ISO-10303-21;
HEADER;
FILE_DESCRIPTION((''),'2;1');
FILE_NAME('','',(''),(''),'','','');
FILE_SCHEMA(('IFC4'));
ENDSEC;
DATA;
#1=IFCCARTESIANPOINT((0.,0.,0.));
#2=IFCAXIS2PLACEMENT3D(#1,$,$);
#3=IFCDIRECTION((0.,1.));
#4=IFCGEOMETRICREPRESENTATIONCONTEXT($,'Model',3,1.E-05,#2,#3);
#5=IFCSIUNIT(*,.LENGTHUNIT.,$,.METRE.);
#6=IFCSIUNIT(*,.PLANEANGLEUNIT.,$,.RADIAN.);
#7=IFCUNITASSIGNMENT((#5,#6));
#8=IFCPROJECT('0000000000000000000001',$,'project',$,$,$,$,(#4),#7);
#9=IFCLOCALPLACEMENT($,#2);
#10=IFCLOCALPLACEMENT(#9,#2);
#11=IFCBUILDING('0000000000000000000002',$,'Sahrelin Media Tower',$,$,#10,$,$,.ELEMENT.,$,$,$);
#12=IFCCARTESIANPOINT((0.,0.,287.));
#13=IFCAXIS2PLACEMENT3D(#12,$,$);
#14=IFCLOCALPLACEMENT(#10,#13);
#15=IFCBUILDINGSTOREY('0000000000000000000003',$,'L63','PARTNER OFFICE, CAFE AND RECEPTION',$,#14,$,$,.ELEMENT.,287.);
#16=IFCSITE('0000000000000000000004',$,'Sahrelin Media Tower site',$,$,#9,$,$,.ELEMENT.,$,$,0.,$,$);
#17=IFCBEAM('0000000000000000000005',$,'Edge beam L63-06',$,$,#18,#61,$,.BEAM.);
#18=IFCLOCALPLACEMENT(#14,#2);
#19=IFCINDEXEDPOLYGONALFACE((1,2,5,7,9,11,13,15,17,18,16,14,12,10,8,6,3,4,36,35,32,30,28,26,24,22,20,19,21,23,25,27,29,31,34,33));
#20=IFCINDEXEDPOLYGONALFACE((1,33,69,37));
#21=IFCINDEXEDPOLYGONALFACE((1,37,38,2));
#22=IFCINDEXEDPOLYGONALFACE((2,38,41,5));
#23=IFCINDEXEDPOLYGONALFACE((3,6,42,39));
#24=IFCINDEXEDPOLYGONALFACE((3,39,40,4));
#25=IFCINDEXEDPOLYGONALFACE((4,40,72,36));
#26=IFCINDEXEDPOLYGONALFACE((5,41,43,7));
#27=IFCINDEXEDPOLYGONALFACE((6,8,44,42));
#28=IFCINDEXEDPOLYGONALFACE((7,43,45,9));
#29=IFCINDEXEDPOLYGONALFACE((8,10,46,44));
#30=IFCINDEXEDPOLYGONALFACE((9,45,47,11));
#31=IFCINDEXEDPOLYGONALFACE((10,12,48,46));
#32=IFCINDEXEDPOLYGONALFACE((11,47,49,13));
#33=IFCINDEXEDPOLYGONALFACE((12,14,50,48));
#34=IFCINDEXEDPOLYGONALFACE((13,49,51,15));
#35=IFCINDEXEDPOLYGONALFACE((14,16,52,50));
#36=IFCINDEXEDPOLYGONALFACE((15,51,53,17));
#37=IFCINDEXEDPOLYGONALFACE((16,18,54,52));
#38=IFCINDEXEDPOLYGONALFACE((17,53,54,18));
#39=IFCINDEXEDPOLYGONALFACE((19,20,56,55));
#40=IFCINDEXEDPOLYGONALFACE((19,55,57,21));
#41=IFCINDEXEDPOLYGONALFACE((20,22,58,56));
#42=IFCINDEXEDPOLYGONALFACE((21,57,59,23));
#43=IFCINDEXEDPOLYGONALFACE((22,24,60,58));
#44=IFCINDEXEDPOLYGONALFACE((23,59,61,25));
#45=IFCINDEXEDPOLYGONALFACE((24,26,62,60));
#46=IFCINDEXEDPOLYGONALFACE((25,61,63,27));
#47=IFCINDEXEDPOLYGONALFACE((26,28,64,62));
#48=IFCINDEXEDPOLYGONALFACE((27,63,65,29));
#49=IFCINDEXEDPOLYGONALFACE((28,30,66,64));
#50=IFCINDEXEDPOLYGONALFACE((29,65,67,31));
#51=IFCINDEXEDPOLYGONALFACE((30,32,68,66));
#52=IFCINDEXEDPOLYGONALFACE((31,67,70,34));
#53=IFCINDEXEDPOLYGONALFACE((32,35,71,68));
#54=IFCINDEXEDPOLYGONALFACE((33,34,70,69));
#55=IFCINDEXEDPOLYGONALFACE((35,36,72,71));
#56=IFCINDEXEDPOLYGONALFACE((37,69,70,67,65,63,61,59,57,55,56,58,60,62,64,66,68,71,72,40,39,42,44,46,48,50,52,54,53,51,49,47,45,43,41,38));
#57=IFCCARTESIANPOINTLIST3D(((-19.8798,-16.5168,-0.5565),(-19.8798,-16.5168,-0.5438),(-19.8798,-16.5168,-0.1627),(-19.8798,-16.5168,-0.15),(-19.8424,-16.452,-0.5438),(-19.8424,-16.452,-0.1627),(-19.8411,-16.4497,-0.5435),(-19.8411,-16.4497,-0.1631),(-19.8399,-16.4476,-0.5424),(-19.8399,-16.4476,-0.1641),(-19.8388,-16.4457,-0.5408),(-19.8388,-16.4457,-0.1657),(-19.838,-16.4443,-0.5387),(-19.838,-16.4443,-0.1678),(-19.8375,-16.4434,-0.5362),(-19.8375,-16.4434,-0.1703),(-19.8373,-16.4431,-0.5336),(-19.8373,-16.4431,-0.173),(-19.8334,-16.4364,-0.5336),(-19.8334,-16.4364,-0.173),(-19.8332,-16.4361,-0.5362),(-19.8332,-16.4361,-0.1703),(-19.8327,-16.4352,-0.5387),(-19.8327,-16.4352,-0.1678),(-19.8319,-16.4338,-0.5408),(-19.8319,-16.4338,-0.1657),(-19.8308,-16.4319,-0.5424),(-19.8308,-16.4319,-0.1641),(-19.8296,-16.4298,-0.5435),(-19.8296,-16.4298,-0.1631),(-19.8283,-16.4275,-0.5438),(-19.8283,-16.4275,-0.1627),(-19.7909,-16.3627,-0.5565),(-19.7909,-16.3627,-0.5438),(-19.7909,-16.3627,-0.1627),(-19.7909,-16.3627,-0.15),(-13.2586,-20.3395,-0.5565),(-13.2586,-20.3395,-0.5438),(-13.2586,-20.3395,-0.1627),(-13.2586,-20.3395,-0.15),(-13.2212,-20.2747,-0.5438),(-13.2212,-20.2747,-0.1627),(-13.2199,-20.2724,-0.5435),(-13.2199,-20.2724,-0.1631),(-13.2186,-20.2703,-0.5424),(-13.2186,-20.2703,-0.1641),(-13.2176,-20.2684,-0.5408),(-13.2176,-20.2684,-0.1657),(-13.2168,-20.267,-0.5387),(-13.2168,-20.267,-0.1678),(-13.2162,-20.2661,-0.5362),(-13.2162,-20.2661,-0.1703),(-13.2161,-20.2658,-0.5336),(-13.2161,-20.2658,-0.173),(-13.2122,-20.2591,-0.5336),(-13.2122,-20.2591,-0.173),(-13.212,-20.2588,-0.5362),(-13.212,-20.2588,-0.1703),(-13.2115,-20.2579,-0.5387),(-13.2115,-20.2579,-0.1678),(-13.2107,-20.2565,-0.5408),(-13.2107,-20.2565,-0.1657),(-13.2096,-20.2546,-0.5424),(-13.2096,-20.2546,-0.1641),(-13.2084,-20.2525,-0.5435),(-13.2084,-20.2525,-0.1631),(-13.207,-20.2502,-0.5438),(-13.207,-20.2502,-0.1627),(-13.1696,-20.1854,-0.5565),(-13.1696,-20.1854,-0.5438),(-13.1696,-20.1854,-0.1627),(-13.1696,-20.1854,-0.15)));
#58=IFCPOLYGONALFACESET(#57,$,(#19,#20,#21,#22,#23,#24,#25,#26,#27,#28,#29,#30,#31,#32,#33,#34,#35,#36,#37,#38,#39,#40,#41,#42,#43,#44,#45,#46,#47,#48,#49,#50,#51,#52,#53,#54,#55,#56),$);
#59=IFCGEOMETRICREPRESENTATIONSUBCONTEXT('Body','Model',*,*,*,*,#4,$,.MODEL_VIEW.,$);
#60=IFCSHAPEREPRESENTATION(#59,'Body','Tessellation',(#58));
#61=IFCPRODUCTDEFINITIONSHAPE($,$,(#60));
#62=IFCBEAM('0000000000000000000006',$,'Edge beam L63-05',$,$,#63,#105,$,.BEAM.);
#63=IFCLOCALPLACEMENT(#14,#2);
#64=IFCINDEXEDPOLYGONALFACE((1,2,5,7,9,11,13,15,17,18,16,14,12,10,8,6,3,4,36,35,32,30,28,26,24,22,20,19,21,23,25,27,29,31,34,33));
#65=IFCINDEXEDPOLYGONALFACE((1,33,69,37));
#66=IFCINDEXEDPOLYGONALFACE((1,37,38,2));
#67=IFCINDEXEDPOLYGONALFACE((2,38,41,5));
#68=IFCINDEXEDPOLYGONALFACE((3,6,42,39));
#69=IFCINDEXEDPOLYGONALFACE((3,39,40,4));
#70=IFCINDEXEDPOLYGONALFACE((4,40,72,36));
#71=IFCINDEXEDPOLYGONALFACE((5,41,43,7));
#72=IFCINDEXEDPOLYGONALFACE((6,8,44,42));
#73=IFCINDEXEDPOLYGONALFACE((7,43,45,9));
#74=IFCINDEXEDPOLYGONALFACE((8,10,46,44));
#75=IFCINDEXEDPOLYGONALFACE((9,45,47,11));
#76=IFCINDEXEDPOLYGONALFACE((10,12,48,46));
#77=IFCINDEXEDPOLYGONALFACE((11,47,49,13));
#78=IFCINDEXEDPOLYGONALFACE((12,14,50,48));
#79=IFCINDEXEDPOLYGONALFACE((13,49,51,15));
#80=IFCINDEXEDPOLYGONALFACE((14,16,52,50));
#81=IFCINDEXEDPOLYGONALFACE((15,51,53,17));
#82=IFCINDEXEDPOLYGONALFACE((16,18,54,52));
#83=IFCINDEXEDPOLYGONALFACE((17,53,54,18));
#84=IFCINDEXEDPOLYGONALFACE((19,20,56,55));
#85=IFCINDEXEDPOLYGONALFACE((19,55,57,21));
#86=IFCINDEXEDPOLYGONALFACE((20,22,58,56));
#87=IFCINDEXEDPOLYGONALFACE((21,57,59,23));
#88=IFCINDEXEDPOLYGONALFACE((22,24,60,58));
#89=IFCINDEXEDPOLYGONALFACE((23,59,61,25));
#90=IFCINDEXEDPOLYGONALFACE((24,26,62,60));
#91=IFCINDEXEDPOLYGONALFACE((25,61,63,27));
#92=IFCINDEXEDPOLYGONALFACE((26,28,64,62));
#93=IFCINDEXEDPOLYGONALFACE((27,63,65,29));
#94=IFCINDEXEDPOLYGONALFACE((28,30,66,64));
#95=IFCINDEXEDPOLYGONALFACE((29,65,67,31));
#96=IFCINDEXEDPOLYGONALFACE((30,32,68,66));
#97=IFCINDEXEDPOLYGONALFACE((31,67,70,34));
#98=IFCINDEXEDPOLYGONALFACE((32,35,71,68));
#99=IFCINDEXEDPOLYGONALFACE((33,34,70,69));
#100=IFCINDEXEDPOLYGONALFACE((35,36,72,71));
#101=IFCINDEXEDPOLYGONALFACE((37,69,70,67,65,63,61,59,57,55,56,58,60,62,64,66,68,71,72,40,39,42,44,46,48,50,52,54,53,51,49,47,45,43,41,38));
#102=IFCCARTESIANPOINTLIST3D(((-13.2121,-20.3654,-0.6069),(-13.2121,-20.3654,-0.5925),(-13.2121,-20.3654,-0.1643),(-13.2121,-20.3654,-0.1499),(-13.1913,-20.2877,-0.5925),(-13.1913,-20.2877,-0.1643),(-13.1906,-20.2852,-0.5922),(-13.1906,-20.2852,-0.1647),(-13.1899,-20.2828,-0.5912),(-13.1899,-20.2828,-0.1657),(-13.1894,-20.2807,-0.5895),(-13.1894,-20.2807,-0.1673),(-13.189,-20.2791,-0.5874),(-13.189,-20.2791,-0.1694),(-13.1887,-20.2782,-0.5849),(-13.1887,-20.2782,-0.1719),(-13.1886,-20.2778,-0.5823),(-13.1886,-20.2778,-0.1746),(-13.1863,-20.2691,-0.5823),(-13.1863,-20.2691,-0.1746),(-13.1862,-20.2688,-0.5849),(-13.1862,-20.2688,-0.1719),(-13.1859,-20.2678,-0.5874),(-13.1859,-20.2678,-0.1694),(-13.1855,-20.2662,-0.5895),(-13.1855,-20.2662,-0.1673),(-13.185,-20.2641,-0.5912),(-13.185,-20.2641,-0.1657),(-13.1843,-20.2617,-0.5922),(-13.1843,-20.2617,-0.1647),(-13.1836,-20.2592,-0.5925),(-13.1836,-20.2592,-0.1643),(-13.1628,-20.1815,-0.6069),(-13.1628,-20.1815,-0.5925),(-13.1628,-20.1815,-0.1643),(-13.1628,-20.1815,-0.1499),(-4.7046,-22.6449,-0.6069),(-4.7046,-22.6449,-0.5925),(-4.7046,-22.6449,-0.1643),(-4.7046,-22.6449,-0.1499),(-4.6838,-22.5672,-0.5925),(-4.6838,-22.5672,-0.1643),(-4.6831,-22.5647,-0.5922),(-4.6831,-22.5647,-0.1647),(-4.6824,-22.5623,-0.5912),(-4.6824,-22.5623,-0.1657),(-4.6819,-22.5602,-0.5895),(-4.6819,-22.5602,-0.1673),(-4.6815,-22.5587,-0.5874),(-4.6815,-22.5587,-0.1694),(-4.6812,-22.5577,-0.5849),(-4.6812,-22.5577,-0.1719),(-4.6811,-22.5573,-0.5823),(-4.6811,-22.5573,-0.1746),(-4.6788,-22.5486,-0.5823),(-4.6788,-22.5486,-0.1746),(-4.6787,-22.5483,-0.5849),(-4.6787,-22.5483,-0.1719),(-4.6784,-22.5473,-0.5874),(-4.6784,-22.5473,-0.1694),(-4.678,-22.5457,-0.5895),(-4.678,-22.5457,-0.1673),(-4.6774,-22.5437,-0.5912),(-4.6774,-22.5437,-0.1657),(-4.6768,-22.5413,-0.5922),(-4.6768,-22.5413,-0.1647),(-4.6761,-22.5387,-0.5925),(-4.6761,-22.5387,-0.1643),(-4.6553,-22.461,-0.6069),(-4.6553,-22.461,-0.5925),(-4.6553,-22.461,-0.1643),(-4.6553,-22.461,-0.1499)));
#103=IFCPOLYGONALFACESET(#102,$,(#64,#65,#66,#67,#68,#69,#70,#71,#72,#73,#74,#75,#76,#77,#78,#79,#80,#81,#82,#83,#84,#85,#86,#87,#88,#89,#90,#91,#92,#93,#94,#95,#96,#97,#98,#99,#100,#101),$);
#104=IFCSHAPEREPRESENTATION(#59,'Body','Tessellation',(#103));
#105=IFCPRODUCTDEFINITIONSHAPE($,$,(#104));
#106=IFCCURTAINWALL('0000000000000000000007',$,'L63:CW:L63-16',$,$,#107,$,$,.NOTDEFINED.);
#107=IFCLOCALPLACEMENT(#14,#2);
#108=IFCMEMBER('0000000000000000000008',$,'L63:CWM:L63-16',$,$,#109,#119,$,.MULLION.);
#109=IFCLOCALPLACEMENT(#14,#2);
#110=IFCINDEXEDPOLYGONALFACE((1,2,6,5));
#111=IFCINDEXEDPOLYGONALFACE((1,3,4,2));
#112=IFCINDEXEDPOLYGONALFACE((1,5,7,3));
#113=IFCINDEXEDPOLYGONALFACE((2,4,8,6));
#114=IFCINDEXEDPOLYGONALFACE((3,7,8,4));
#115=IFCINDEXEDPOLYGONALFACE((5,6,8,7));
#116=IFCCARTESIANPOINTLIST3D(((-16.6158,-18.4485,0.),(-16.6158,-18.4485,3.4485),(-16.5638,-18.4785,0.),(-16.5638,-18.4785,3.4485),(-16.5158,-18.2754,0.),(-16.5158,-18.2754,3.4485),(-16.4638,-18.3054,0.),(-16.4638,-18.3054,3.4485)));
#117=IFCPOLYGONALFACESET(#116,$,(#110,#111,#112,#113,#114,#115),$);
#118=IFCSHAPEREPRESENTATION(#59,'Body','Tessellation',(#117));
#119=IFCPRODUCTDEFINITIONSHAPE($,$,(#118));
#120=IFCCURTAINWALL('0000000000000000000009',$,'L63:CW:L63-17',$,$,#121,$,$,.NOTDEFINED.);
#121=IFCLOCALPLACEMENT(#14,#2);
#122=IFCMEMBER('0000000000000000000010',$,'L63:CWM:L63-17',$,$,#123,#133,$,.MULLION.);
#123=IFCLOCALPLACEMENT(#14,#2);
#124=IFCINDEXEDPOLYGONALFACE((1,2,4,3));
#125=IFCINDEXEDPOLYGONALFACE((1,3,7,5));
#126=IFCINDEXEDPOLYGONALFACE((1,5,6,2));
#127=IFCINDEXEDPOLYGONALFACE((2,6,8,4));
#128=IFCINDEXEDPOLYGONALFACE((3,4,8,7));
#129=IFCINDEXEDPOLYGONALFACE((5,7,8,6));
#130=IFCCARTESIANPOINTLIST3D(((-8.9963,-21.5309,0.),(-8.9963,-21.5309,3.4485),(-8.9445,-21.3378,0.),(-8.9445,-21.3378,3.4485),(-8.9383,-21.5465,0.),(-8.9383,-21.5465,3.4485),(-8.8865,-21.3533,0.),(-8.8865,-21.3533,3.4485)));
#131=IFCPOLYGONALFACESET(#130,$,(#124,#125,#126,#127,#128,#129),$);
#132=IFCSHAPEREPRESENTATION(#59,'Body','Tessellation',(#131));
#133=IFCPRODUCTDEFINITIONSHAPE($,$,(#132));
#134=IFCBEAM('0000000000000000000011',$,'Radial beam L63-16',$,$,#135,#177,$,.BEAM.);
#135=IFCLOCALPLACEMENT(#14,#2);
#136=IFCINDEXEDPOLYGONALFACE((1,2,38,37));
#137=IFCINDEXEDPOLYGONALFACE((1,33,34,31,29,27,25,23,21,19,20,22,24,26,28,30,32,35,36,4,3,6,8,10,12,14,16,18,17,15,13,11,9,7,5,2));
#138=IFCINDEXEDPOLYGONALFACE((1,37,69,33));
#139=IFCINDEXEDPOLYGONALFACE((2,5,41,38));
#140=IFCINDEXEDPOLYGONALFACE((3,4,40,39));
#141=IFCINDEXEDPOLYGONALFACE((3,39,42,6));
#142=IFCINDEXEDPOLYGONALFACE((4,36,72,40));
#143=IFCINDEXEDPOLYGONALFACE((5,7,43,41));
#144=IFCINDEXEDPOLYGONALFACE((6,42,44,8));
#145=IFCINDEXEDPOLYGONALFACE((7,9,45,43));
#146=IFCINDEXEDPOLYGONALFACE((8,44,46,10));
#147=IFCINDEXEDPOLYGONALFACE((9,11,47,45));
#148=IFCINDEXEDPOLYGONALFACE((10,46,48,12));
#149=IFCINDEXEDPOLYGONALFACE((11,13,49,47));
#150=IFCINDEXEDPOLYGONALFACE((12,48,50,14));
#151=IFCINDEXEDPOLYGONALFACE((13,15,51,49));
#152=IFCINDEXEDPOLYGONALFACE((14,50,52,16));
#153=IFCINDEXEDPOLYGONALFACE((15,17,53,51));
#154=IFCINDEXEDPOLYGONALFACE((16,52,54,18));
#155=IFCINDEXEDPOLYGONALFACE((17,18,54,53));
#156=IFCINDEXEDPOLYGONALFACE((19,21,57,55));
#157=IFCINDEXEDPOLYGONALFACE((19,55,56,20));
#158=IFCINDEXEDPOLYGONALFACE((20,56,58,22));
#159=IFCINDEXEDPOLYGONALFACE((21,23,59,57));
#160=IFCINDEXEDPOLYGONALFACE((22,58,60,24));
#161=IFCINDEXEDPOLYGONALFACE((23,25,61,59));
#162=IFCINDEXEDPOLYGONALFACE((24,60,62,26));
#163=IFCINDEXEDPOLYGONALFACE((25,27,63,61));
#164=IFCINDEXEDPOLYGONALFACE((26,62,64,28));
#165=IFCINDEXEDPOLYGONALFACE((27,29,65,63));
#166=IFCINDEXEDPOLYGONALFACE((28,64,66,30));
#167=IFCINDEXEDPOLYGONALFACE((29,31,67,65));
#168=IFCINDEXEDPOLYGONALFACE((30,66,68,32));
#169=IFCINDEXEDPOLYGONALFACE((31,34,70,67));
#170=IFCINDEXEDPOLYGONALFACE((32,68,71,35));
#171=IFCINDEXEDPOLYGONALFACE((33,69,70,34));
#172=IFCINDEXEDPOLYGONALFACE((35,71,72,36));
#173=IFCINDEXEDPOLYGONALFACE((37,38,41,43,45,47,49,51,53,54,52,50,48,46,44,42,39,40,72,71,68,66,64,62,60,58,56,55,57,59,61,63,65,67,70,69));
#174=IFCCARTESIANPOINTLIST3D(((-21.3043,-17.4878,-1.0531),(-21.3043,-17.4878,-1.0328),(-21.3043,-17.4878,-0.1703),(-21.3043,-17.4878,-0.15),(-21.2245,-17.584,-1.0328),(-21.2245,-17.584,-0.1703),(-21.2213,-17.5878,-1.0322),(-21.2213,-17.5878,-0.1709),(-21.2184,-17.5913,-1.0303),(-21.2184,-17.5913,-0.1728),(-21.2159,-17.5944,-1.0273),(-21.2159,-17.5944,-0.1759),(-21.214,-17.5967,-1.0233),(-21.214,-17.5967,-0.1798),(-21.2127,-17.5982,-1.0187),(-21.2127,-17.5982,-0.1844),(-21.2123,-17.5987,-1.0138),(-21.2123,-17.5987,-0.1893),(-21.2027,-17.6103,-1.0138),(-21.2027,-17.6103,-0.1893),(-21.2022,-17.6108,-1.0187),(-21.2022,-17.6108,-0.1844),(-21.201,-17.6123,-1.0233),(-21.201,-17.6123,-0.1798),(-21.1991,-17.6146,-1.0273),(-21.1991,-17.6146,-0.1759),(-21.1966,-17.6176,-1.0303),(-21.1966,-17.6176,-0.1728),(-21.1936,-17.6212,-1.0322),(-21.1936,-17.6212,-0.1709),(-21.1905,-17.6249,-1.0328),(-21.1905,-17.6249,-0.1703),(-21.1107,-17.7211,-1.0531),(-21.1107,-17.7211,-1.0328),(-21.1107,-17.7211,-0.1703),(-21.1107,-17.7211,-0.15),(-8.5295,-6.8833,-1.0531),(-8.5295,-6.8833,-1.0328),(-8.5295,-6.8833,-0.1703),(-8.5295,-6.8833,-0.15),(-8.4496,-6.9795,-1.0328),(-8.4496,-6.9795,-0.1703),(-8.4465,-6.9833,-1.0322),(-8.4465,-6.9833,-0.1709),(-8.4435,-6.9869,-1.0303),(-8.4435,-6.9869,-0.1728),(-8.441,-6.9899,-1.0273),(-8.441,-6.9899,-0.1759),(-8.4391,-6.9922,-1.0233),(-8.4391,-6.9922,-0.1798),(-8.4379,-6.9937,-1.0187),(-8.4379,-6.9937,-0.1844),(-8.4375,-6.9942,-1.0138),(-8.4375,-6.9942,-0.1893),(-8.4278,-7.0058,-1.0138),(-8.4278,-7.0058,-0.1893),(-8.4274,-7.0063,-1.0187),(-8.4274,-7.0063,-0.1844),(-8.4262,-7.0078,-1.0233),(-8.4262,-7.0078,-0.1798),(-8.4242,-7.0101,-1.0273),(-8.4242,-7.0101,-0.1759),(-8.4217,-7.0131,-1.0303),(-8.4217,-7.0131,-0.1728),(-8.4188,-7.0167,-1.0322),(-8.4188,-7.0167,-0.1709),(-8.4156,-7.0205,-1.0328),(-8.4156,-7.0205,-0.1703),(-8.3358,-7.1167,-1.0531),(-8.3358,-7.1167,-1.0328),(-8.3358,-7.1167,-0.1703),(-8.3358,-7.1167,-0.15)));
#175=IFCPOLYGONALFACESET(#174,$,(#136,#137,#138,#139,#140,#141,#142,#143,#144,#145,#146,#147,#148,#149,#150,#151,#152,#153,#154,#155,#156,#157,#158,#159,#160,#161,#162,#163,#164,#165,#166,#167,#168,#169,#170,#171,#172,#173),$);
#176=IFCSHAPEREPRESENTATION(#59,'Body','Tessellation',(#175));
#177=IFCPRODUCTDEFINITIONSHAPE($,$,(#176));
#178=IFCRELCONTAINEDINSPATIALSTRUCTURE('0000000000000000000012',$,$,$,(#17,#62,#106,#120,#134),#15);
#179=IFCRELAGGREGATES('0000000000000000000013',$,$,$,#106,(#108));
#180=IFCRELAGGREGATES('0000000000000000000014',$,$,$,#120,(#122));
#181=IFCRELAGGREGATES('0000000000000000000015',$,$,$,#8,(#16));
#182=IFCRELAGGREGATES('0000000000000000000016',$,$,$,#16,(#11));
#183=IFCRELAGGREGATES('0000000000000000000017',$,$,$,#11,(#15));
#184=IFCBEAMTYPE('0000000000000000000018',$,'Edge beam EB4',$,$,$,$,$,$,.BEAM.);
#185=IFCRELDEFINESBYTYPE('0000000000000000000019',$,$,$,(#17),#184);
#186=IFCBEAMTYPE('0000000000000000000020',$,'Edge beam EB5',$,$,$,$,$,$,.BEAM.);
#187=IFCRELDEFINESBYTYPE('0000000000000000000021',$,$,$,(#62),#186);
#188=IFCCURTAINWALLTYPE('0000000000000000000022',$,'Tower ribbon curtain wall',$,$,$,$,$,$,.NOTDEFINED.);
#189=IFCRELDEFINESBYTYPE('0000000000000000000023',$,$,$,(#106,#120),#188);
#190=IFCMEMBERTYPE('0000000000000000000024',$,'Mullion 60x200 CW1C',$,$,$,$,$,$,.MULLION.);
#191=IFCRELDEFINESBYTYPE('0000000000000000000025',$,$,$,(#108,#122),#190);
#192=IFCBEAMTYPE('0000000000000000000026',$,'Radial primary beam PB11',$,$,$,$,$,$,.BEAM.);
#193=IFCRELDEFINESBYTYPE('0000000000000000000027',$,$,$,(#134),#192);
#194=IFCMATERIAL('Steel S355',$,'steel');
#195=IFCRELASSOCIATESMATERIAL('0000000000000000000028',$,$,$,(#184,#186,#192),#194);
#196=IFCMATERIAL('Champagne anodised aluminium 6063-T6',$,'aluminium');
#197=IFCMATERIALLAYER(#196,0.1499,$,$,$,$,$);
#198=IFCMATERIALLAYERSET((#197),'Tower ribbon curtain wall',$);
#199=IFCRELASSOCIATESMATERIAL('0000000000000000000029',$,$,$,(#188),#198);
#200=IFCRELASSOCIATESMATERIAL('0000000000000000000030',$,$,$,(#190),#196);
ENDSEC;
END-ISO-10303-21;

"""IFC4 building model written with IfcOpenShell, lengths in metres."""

from ifc_helpers import new_model, si_unit, direction, frame, origin, origin_2d, place, context, subcontext, project, spatial, rectangle, i_section, extrude, material, layer, layer_set, material_profile, profile_set, type_object, element, aggregate, save


model = new_model("IFC4")

# Units and contexts
model_context = context("Model", 3, precision=1e-05, world=origin(), true_north=direction((0.0, 1.0)))
body_context = subcontext(model_context, "Body", "Model", "MODEL_VIEW")
ifc_project = project(units=[si_unit("LENGTHUNIT", "METRE"), si_unit("PLANEANGLEUNIT", "RADIAN")], contexts=[model_context])

# Site, building, storey
site_placement = place(None, origin())
site = spatial("IfcSite", under=ifc_project, at=site_placement, Name="Sahrelin Media Tower site", CompositionType="ELEMENT", RefElevation=0.0)
building_placement = place(site_placement, origin())
building = spatial("IfcBuilding", under=site, at=building_placement, Name="Sahrelin Media Tower", CompositionType="ELEMENT")
storey_placement = place(building_placement, frame((0.0, 0.0, 287.0)))
storey = spatial("IfcBuildingStorey", under=building, at=storey_placement, Name="L63", Description="PARTNER OFFICE, CAFE AND RECEPTION", CompositionType="ELEMENT", Elevation=287.0)

# Beams
ifc_material_1 = material(Name="Steel S355", Category="steel")
ifc_material_profile_1 = material_profile(ifc_material_1, i_section(OverallWidth=0.178, OverallDepth=0.4065, WebThickness=0.0078, FlangeThickness=0.0127, FilletRadius=0.0103, at=origin_2d()), Name="UB 406x178x60")
ifc_profile_set_1 = profile_set([ifc_material_profile_1], Name="Steel S355")
beam_type_1 = type_object("IfcBeamType", Name="Edge beam EB4", PredefinedType="BEAM", material=ifc_profile_set_1)
beam_1_placement = place(storey_placement, frame((-13.2141, -20.2625, -0.3533), z_axis=(-0.86603, 0.499992, 0.0), x_axis=(-0.499992, -0.86603, 0.0)))
element("IfcBeam", 1, at=beam_1_placement, inside=storey, type_object=beam_type_1, Name="Edge beam L63-06", PredefinedType="BEAM", context=body_context, shape_type="SweptSolid", body=[
    extrude(i_section(OverallWidth=0.178, OverallDepth=0.4065, WebThickness=0.0078, FlangeThickness=0.0127, FilletRadius=0.0103, at=origin_2d()), origin(), (0.0, 0.0, 1.0), 7.6455),
])
ifc_material_profile_2 = material_profile(ifc_material_1, i_section(OverallWidth=0.1904, OverallDepth=0.457, WebThickness=0.009, FlangeThickness=0.0144, FilletRadius=0.0103, at=origin_2d()), Name="UB 457x191x74")
ifc_profile_set_2 = profile_set([ifc_material_profile_2], Name="Steel S355")
beam_type_2 = type_object("IfcBeamType", Name="Edge beam EB5", PredefinedType="BEAM", material=ifc_profile_set_2)
beam_2_placement = place(storey_placement, frame((-4.6799, -22.553, -0.3784), z_axis=(-0.965927, 0.258813, 0.0), x_axis=(-0.258813, -0.965927, 0.0)))
element("IfcBeam", 2, at=beam_2_placement, inside=storey, type_object=beam_type_2, Name="Edge beam L63-05", PredefinedType="BEAM", context=body_context, shape_type="SweptSolid", body=[
    extrude(i_section(OverallWidth=0.1904, OverallDepth=0.457, WebThickness=0.009, FlangeThickness=0.0144, FilletRadius=0.0103, at=origin_2d()), origin(), (0.0, 0.0, 1.0), 8.8076),
])

# Curtain walls, members
ifc_material_2 = material(Name="Champagne anodised aluminium 6063-T6", Category="aluminium")
ifc_layer_1 = layer(ifc_material_2, 0.1499)
ifc_layer_set_1 = layer_set([ifc_layer_1], Name="Tower ribbon curtain wall")
curtain_wall_type = type_object("IfcCurtainWallType", Name="Tower ribbon curtain wall", PredefinedType="NOTDEFINED", material=ifc_layer_set_1)
curtain_wall_1_placement = place(storey_placement, frame((-16.5999, -18.481, 0.0), z_axis=(0.0, 0.0, 1.0), x_axis=(1.0, 0.0, 0.0)))
curtain_wall_1 = element("IfcCurtainWall", 3, at=curtain_wall_1_placement, inside=storey, type_object=curtain_wall_type, Name="L63:CW:L63-16", PredefinedType="NOTDEFINED")
ifc_material_profile_3 = material_profile(ifc_material_2, rectangle(XDim=0.0601, YDim=0.2, at=origin_2d()), Name="Mullion 60x200")
ifc_profile_set_3 = profile_set([ifc_material_profile_3], Name="Champagne anodised aluminium 6063-T6")
member_type_1 = type_object("IfcMemberType", Name="Mullion 60x200 CW1C", PredefinedType="MULLION", material=ifc_profile_set_3)
member_1_placement = place(storey_placement, frame((-16.5398, -18.377, 0.0), z_axis=(0.0, 0.0, 1.0), x_axis=(0.866025, -0.5, 0.0)))
member_1 = element("IfcMember", 4, at=member_1_placement, type_object=member_type_1, Name="L63:CWM:L63-16", PredefinedType="MULLION", context=body_context, shape_type="SweptSolid", body=[
    extrude(rectangle(XDim=0.0601, YDim=0.2, at=origin_2d()), origin(), (0.0, 0.0, 1.0), 3.4485),
])
aggregate(curtain_wall_1, [member_1])
curtain_wall_2_placement = place(storey_placement, frame((-8.9724, -21.5581, 0.0), z_axis=(0.0, 0.0, 1.0), x_axis=(1.0, 0.0, 0.0)))
curtain_wall_2 = element("IfcCurtainWall", 5, at=curtain_wall_2_placement, inside=storey, type_object=curtain_wall_type, Name="L63:CW:L63-17", PredefinedType="NOTDEFINED")
member_2_placement = place(storey_placement, frame((-8.9414, -21.4421, 0.0), z_axis=(0.0, 0.0, 1.0), x_axis=(0.965927, -0.258814, 0.0)))
member_2 = element("IfcMember", 6, at=member_2_placement, type_object=member_type_1, Name="L63:CWM:L63-17", PredefinedType="MULLION", context=body_context, shape_type="SweptSolid", body=[
    extrude(rectangle(XDim=0.0601, YDim=0.2, at=origin_2d()), origin(), (0.0, 0.0, 1.0), 3.4485),
])

# Beam
ifc_material_profile_4 = material_profile(ifc_material_1, i_section(OverallWidth=0.3032, OverallDepth=0.9031, WebThickness=0.0151, FlangeThickness=0.0203, FilletRadius=0.019, at=origin_2d()), Name="UB 914x305x201")
ifc_profile_set_4 = profile_set([ifc_material_profile_4], Name="Steel S355")
beam_type_3 = type_object("IfcBeamType", Name="Radial primary beam PB11", PredefinedType="BEAM", material=ifc_profile_set_4)
beam_3_placement = place(storey_placement, frame((-8.4326, -7.0, -0.6016), z_axis=(-0.769442, -0.638717, 0.0), x_axis=(0.638717, -0.769442, 0.0)))
element("IfcBeam", 7, at=beam_3_placement, inside=storey, type_object=beam_type_3, Name="Radial beam L63-16", PredefinedType="BEAM", context=body_context, shape_type="SweptSolid", body=[
    extrude(i_section(OverallWidth=0.3032, OverallDepth=0.9031, WebThickness=0.0151, FlangeThickness=0.0203, FilletRadius=0.019, at=origin_2d()), origin(), (0.0, 0.0, 1.0), 16.6028),
])

aggregate(curtain_wall_2, [member_2])

save(model, "model.ifc")
